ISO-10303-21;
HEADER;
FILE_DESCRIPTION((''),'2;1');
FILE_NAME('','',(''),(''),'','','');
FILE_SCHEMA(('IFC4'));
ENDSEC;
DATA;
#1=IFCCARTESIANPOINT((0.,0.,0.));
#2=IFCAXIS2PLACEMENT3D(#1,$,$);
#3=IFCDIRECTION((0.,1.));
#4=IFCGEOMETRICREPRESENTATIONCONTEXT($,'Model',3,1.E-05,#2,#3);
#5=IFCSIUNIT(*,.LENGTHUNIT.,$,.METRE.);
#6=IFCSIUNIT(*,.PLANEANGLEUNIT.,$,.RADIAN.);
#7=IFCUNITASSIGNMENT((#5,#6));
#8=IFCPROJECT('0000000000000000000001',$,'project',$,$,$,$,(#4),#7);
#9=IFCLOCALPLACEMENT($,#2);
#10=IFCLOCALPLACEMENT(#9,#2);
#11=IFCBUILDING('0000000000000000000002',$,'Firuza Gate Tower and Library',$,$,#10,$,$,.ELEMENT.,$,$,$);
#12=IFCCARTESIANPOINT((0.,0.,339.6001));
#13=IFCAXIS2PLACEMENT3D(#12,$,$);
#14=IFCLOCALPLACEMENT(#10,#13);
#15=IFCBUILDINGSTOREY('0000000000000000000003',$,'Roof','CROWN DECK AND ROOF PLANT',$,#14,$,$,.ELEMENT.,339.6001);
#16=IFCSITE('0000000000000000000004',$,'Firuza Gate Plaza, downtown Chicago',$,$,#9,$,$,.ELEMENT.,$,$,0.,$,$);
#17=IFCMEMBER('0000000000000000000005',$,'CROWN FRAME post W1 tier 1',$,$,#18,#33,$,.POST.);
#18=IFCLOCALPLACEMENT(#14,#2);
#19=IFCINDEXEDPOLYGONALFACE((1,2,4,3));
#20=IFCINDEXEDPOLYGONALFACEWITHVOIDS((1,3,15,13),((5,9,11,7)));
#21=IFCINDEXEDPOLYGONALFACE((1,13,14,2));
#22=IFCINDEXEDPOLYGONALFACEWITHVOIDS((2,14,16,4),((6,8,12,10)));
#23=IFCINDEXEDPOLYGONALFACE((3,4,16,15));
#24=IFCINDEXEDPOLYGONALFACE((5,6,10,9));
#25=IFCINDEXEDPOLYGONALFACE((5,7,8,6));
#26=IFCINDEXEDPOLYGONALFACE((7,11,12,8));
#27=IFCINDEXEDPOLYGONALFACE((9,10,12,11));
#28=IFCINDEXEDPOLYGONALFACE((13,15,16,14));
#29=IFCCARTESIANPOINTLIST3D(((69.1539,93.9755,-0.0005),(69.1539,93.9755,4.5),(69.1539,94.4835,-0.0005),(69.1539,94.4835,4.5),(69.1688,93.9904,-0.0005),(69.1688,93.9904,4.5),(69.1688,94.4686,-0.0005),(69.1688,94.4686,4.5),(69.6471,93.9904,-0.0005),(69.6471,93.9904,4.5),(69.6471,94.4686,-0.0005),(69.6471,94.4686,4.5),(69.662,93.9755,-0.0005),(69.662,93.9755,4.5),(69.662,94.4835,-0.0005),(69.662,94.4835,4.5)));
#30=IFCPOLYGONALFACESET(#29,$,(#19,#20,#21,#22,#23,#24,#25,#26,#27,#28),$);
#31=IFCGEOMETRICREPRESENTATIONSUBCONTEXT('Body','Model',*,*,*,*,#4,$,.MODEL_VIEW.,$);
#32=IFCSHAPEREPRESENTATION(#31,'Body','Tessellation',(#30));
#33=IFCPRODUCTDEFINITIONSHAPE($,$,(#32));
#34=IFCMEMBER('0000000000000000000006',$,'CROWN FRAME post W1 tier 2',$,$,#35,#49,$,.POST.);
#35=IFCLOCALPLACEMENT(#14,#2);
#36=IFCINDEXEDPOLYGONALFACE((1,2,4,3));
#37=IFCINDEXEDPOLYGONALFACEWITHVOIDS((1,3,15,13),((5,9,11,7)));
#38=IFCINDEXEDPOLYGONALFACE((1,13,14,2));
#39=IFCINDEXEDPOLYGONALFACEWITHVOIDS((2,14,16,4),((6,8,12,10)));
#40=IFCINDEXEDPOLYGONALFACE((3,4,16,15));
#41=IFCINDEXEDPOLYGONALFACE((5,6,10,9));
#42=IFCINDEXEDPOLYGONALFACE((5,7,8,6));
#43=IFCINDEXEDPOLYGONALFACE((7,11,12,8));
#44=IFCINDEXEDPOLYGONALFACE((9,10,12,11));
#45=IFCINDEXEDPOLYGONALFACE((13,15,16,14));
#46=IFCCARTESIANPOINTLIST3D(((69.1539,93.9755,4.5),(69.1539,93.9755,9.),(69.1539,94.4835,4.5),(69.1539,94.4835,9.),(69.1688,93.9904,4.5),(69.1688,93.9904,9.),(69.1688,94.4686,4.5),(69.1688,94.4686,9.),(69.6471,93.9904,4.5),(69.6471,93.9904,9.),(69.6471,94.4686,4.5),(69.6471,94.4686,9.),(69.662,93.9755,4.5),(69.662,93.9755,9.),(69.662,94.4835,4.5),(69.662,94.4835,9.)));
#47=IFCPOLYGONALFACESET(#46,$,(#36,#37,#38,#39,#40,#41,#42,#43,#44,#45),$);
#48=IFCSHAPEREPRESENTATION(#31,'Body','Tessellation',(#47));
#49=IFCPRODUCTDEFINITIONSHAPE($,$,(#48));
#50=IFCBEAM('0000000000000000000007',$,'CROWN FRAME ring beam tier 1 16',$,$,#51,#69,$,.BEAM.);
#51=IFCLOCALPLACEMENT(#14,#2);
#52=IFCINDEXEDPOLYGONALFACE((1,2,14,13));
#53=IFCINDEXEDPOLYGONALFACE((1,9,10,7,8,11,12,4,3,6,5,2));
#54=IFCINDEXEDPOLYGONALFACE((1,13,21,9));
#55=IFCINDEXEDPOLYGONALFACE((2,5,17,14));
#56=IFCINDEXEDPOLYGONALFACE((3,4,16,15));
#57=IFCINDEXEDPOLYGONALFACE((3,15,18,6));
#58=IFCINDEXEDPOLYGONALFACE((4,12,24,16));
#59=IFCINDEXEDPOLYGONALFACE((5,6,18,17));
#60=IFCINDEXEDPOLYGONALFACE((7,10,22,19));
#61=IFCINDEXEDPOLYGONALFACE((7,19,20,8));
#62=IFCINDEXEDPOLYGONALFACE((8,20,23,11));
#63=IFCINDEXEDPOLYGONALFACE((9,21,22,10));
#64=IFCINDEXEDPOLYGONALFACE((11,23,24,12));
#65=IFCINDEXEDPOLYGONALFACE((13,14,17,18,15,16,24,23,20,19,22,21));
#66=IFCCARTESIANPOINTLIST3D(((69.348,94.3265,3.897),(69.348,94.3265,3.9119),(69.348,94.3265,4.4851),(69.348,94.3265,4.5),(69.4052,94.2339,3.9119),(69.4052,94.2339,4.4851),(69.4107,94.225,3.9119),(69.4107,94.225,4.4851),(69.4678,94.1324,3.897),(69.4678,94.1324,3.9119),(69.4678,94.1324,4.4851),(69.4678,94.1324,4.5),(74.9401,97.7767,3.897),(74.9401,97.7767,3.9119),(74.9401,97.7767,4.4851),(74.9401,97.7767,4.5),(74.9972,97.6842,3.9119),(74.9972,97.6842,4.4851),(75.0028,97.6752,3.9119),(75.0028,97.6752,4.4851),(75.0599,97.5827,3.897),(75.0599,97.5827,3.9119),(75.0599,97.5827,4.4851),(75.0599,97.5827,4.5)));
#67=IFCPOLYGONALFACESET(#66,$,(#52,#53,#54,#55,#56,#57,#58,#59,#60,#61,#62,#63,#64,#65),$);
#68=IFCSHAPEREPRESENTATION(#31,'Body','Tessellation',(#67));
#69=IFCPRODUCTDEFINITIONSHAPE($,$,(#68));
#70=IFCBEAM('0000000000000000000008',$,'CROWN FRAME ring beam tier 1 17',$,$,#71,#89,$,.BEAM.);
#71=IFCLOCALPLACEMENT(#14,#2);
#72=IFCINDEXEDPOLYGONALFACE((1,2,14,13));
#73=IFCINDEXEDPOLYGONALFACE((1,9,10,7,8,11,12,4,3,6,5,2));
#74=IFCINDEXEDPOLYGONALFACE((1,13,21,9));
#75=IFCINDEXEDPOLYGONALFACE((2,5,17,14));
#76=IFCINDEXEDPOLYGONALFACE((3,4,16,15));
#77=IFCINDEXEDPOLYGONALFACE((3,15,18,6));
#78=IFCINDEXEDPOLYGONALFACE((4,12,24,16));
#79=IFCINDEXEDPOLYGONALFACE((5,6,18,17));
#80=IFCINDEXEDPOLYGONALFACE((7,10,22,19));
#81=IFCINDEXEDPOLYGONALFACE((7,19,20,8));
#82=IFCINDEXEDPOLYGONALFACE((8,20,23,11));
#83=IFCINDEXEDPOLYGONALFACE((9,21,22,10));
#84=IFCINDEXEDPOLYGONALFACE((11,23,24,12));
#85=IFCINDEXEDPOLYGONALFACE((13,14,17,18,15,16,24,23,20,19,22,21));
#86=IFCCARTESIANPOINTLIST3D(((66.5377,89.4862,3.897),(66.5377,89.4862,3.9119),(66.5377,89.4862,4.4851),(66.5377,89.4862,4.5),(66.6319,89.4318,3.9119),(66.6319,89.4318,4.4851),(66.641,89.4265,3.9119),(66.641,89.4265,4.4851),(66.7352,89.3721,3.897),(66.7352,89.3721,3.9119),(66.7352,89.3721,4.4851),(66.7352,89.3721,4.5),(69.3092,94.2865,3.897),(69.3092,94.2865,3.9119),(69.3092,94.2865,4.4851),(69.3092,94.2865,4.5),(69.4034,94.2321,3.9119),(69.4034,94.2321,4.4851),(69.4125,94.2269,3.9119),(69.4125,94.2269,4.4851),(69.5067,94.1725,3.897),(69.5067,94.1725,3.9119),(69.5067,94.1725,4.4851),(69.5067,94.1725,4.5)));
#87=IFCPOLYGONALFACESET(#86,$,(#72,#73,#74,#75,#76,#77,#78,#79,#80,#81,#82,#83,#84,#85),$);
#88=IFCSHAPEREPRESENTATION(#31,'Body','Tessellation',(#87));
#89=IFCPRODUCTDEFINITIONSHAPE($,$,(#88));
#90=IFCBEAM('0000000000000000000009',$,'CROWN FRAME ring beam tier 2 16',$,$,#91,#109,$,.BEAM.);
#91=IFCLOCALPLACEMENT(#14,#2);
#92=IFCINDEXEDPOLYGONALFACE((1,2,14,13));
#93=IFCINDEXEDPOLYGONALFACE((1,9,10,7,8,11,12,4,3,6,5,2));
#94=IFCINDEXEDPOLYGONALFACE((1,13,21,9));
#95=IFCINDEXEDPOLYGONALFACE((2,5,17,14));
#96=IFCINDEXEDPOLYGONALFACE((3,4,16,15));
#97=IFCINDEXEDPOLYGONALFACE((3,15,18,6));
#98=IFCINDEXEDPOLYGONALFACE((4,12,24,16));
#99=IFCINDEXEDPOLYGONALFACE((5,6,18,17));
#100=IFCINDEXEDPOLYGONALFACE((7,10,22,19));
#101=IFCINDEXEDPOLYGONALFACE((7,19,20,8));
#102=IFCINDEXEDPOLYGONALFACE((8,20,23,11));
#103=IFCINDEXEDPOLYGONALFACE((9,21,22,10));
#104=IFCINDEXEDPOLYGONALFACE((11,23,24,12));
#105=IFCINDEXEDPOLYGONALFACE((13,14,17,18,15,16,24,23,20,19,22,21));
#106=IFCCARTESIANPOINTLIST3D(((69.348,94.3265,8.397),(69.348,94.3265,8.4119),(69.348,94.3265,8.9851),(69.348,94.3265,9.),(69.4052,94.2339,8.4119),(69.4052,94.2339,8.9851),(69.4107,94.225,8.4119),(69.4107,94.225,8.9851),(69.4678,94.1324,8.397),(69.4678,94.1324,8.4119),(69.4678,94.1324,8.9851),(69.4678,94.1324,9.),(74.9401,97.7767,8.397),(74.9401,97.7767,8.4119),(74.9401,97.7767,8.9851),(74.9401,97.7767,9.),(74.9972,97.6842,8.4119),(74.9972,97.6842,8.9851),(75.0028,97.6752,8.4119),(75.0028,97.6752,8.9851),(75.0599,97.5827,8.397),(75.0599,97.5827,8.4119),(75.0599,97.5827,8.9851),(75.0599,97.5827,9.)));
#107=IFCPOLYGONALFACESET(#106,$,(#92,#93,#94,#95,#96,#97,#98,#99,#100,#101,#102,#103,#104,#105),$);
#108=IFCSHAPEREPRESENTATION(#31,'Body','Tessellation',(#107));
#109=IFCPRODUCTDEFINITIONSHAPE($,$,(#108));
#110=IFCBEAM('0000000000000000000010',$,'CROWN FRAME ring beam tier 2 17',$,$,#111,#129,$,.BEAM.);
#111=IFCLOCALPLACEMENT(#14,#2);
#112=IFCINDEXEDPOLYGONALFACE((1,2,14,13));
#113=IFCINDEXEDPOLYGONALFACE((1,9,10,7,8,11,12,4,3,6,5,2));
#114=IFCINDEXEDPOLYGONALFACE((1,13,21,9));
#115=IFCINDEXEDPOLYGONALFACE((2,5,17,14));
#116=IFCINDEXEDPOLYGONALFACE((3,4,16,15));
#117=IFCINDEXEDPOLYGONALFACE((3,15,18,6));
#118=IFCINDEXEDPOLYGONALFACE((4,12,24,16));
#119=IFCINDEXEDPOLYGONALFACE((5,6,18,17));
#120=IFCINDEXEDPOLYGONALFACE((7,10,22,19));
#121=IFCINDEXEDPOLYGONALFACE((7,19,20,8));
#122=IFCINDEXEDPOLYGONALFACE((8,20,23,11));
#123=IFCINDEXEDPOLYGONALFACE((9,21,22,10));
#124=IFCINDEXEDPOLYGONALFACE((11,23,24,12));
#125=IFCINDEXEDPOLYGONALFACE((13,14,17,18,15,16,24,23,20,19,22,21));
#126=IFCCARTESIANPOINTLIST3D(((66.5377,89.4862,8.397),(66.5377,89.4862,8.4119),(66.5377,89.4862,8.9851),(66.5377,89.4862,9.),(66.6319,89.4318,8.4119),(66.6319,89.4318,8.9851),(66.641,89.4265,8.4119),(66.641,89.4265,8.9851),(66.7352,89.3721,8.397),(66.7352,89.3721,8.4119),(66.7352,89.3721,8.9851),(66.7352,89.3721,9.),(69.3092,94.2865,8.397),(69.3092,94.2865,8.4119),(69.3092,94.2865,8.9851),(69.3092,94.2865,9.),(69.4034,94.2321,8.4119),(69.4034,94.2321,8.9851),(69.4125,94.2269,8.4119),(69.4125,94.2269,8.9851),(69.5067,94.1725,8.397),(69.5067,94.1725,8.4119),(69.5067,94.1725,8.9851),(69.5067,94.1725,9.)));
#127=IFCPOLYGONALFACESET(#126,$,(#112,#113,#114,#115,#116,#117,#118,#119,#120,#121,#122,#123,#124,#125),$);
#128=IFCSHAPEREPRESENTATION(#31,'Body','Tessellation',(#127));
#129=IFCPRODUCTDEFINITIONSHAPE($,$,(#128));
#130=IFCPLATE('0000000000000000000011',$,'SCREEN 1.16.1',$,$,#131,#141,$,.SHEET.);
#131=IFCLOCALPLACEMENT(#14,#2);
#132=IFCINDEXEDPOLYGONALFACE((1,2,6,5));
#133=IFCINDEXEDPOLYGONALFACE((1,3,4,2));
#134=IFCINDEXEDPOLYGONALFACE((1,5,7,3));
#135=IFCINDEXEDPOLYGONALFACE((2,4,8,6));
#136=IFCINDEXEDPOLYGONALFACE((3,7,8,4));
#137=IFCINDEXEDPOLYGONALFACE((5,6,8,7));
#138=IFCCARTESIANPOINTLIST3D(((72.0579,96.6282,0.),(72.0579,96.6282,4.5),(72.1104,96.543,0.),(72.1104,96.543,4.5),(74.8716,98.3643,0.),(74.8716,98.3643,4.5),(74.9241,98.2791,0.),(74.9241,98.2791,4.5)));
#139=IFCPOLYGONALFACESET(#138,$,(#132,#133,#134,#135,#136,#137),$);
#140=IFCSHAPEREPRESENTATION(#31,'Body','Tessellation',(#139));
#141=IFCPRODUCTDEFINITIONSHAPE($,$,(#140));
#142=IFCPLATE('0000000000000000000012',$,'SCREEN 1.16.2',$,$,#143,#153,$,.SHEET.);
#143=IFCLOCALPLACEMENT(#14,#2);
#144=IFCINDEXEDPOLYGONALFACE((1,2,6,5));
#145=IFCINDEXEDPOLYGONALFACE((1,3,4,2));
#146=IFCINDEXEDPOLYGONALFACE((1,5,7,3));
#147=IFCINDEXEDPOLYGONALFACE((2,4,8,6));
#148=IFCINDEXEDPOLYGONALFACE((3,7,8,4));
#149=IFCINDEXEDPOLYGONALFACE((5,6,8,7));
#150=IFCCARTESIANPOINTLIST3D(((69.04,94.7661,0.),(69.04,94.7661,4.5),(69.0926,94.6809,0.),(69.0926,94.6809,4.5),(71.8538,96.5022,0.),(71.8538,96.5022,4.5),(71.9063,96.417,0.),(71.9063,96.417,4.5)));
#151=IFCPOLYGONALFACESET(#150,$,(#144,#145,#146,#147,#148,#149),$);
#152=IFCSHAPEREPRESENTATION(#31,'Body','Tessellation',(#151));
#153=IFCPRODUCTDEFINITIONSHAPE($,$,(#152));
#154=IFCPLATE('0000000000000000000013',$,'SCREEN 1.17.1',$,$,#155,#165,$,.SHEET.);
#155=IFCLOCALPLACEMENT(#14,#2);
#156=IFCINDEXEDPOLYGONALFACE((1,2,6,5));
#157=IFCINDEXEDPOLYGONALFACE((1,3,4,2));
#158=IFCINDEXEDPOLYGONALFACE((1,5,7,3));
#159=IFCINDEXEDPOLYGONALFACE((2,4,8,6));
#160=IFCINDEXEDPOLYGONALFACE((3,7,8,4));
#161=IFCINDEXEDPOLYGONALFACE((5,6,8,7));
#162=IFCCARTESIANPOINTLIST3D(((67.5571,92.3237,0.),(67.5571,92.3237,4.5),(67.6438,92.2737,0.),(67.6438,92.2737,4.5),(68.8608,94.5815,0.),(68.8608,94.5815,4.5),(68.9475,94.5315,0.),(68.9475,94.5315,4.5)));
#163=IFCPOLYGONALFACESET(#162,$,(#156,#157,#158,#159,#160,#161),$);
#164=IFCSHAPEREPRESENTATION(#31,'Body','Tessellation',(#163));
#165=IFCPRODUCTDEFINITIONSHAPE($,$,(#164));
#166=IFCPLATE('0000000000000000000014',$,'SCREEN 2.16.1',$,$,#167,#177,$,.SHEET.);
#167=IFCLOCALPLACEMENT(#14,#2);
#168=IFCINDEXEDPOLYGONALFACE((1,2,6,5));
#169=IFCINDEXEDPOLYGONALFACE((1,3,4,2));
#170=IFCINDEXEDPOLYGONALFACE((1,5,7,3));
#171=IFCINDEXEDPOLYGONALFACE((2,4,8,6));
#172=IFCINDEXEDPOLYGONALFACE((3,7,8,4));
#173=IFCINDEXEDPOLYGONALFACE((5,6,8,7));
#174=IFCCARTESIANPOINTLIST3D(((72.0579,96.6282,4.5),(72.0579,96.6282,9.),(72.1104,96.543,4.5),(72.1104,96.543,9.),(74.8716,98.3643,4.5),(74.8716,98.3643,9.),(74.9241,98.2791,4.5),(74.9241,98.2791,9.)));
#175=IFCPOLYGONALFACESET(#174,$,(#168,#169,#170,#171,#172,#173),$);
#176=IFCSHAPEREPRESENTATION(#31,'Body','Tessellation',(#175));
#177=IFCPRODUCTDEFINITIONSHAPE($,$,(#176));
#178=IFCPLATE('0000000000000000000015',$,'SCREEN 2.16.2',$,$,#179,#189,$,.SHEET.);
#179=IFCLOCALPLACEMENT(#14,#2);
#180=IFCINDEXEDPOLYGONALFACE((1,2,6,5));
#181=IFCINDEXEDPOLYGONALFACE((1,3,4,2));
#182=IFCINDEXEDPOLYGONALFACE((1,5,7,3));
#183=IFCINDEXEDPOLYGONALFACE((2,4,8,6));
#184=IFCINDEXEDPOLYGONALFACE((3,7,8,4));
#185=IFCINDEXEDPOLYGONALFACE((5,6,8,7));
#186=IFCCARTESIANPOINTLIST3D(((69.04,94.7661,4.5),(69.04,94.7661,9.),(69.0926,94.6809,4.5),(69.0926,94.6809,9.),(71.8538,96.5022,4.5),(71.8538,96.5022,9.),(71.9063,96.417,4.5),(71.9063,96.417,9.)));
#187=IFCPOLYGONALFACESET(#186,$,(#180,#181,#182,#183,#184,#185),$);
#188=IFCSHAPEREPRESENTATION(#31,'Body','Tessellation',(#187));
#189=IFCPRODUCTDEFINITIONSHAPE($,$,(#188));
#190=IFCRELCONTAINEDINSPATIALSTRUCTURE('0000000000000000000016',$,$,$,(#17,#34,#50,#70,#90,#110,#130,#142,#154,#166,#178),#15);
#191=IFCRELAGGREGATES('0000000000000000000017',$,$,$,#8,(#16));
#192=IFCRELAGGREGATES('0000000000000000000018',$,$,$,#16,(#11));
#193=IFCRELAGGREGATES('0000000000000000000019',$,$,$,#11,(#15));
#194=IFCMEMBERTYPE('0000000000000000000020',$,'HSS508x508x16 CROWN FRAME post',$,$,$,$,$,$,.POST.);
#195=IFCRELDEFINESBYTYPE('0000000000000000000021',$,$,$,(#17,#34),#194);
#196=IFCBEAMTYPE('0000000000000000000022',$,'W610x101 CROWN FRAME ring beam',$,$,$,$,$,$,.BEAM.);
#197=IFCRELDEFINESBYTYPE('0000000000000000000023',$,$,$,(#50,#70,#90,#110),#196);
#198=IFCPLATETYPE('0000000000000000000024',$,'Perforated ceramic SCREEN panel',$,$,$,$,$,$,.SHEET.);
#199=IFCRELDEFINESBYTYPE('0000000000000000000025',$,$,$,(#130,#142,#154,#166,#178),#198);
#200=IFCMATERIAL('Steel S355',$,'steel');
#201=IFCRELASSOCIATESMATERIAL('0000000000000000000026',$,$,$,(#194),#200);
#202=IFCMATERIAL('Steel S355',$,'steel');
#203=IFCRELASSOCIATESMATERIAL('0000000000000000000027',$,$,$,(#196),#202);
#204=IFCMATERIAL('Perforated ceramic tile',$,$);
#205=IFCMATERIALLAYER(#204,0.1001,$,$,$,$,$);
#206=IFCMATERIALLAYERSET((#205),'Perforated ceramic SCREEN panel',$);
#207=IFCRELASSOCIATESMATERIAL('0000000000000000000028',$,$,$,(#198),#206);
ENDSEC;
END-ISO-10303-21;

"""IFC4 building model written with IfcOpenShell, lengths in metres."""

from ifc_helpers import new_model, si_unit, direction, frame, origin, origin_2d, place, context, subcontext, project, spatial, polyline, hollow_rectangle, i_section, outline, extrude, material, layer, layer_set, material_profile, profile_set, type_object, element, save


model = new_model("IFC4")

# Units and contexts
model_context = context("Model", 3, precision=1e-05, world=origin(), true_north=direction((0.0, 1.0)))
body_context = subcontext(model_context, "Body", "Model", "MODEL_VIEW")
ifc_project = project(units=[si_unit("LENGTHUNIT", "METRE"), si_unit("PLANEANGLEUNIT", "RADIAN")], contexts=[model_context])

# Site, building, storey
site_placement = place(None, origin())
site = spatial("IfcSite", under=ifc_project, at=site_placement, Name="Firuza Gate Plaza, downtown Chicago", CompositionType="ELEMENT", RefElevation=0.0)
building_placement = place(site_placement, origin())
building = spatial("IfcBuilding", under=site, at=building_placement, Name="Firuza Gate Tower and Library", CompositionType="ELEMENT")
storey_placement = place(building_placement, frame((0.0, 0.0, 339.6001)))
storey = spatial("IfcBuildingStorey", under=building, at=storey_placement, Name="Roof", Description="CROWN DECK AND ROOF PLANT", CompositionType="ELEMENT", Elevation=339.6001)

# Members
ifc_material_1 = material(Name="Steel S355", Category="steel")
ifc_material_profile_1 = material_profile(ifc_material_1, hollow_rectangle(XDim=0.5081, YDim=0.5081, WallThickness=0.0149, at=origin_2d()))
ifc_profile_set_1 = profile_set([ifc_material_profile_1], Name="Steel S355")
member_type_1 = type_object("IfcMemberType", Name="HSS508x508x16 CROWN FRAME post", PredefinedType="POST", material=ifc_profile_set_1)
member_1_placement = place(storey_placement, frame((69.408, 94.2295, -0.0005), z_axis=(0.0, 0.0, 1.0), x_axis=(1.0, 0.0, 0.0)))
element("IfcMember", 1, at=member_1_placement, inside=storey, type_object=member_type_1, Name="CROWN FRAME post W1 tier 1", PredefinedType="POST", context=body_context, shape_type="SweptSolid", body=[
    extrude(hollow_rectangle(XDim=0.5081, YDim=0.5081, WallThickness=0.0149, at=origin_2d()), origin(), (0.0, 0.0, 1.0), 4.5005),
])
member_2_placement = place(storey_placement, frame((69.408, 94.2295, 4.5), z_axis=(0.0, 0.0, 1.0), x_axis=(1.0, 0.0, 0.0)))
element("IfcMember", 2, at=member_2_placement, inside=storey, type_object=member_type_1, Name="CROWN FRAME post W1 tier 2", PredefinedType="POST", context=body_context, shape_type="SweptSolid", body=[
    extrude(hollow_rectangle(XDim=0.5081, YDim=0.5081, WallThickness=0.0149, at=origin_2d()), origin(), (0.0, 0.0, 1.0), 4.5),
])

# Beams
ifc_material_2 = material(Name="Steel S355", Category="steel")
ifc_material_profile_2 = material_profile(ifc_material_2, i_section(OverallWidth=0.228, OverallDepth=0.603, WebThickness=0.0105, FlangeThickness=0.0149, at=origin_2d()))
ifc_profile_set_2 = profile_set([ifc_material_profile_2], Name="Steel S355")
beam_type = type_object("IfcBeamType", Name="W610x101 CROWN FRAME ring beam", PredefinedType="BEAM", material=ifc_profile_set_2)
beam_1_placement = place(storey_placement, frame((75.0, 97.6797, 4.1985), z_axis=(-0.85105, -0.525084, 0.0), x_axis=(0.525084, -0.85105, 0.0)))
element("IfcBeam", 3, at=beam_1_placement, inside=storey, type_object=beam_type, Name="CROWN FRAME ring beam tier 1 16", PredefinedType="BEAM", context=body_context, shape_type="SweptSolid", body=[
    extrude(i_section(OverallWidth=0.228, OverallDepth=0.603, WebThickness=0.0105, FlangeThickness=0.0149, at=origin_2d()), origin(), (0.0, 0.0, 1.0), 6.5708),
])
beam_2_placement = place(storey_placement, frame((69.408, 94.2295, 4.1985), z_axis=(-0.500005, -0.866023, 0.0), x_axis=(0.866023, -0.500005, 0.0)))
element("IfcBeam", 4, at=beam_2_placement, inside=storey, type_object=beam_type, Name="CROWN FRAME ring beam tier 1 17", PredefinedType="BEAM", context=body_context, shape_type="SweptSolid", body=[
    extrude(i_section(OverallWidth=0.228, OverallDepth=0.603, WebThickness=0.0105, FlangeThickness=0.0149, at=origin_2d()), origin(), (0.0, 0.0, 1.0), 5.543),
])
beam_3_placement = place(storey_placement, frame((75.0, 97.6797, 8.6985), z_axis=(-0.85105, -0.525084, 0.0), x_axis=(0.525084, -0.85105, 0.0)))
element("IfcBeam", 5, at=beam_3_placement, inside=storey, type_object=beam_type, Name="CROWN FRAME ring beam tier 2 16", PredefinedType="BEAM", context=body_context, shape_type="SweptSolid", body=[
    extrude(i_section(OverallWidth=0.228, OverallDepth=0.603, WebThickness=0.0105, FlangeThickness=0.0149, at=origin_2d()), origin(), (0.0, 0.0, 1.0), 6.5708),
])
beam_4_placement = place(storey_placement, frame((69.408, 94.2295, 8.6985), z_axis=(-0.500005, -0.866023, 0.0), x_axis=(0.866023, -0.500005, 0.0)))
element("IfcBeam", 6, at=beam_4_placement, inside=storey, type_object=beam_type, Name="CROWN FRAME ring beam tier 2 17", PredefinedType="BEAM", context=body_context, shape_type="SweptSolid", body=[
    extrude(i_section(OverallWidth=0.228, OverallDepth=0.603, WebThickness=0.0105, FlangeThickness=0.0149, at=origin_2d()), origin(), (0.0, 0.0, 1.0), 5.543),
])

# Plates
ifc_material_3 = material(Name="Perforated ceramic tile")
ifc_layer_1 = layer(ifc_material_3, 0.1001)
ifc_layer_set_1 = layer_set([ifc_layer_1], Name="Perforated ceramic SCREEN panel")
plate_type = type_object("IfcPlateType", Name="Perforated ceramic SCREEN panel", PredefinedType="SHEET", material=ifc_layer_set_1)
for number, where, z_axis, x_axis, name in (
    (7, (74.8716, 98.3643, 0.0), (-0.525098, 0.851042, 0.0), (-0.851042, -0.525098, 0.0), "SCREEN 1.16.1"),
    (8, (71.8538, 96.5022, 0.0), (-0.525098, 0.851042, 0.0), (-0.851042, -0.525098, 0.0), "SCREEN 1.16.2"),
):
    element("IfcPlate", number, at=place(storey_placement, frame(where, z_axis=z_axis, x_axis=x_axis)), inside=storey, type_object=plate_type, Name=name, PredefinedType="SHEET", context=body_context, shape_type="SweptSolid", body=[
        extrude(outline(polyline([(0.0, 0.0), (3.3062, 0.0), (3.3062, 4.5), (0.0, 4.5), (0.0, 0.0)])), origin(), (0.0, 0.0, -1.0), 0.1001),
    ])
plate_1_placement = place(storey_placement, frame((68.8608, 94.5815, 0.0), z_axis=(-0.865998, 0.500047, 0.0), x_axis=(-0.500047, -0.865998, 0.0)))
element("IfcPlate", 9, at=plate_1_placement, inside=storey, type_object=plate_type, Name="SCREEN 1.17.1", PredefinedType="SHEET", context=body_context, shape_type="SweptSolid", body=[
    extrude(outline(polyline([(0.0, 0.0), (2.6072, 0.0), (2.6072, 4.5), (0.0, 4.5), (0.0, 0.0)])), origin(), (0.0, 0.0, -1.0), 0.1001),
])
for number, where, z_axis, x_axis, name in (
    (10, (74.8716, 98.3643, 4.5), (-0.525098, 0.851042, 0.0), (-0.851042, -0.525098, 0.0), "SCREEN 2.16.1"),
    (11, (71.8538, 96.5022, 4.5), (-0.525098, 0.851042, 0.0), (-0.851042, -0.525098, 0.0), "SCREEN 2.16.2"),
):
    element("IfcPlate", number, at=place(storey_placement, frame(where, z_axis=z_axis, x_axis=x_axis)), inside=storey, type_object=plate_type, Name=name, PredefinedType="SHEET", context=body_context, shape_type="SweptSolid", body=[
        extrude(outline(polyline([(0.0, 0.0), (3.3062, 0.0), (3.3062, 4.5), (0.0, 4.5), (0.0, 0.0)])), origin(), (0.0, 0.0, -1.0), 0.1001),
    ])

save(model, "model.ifc")
